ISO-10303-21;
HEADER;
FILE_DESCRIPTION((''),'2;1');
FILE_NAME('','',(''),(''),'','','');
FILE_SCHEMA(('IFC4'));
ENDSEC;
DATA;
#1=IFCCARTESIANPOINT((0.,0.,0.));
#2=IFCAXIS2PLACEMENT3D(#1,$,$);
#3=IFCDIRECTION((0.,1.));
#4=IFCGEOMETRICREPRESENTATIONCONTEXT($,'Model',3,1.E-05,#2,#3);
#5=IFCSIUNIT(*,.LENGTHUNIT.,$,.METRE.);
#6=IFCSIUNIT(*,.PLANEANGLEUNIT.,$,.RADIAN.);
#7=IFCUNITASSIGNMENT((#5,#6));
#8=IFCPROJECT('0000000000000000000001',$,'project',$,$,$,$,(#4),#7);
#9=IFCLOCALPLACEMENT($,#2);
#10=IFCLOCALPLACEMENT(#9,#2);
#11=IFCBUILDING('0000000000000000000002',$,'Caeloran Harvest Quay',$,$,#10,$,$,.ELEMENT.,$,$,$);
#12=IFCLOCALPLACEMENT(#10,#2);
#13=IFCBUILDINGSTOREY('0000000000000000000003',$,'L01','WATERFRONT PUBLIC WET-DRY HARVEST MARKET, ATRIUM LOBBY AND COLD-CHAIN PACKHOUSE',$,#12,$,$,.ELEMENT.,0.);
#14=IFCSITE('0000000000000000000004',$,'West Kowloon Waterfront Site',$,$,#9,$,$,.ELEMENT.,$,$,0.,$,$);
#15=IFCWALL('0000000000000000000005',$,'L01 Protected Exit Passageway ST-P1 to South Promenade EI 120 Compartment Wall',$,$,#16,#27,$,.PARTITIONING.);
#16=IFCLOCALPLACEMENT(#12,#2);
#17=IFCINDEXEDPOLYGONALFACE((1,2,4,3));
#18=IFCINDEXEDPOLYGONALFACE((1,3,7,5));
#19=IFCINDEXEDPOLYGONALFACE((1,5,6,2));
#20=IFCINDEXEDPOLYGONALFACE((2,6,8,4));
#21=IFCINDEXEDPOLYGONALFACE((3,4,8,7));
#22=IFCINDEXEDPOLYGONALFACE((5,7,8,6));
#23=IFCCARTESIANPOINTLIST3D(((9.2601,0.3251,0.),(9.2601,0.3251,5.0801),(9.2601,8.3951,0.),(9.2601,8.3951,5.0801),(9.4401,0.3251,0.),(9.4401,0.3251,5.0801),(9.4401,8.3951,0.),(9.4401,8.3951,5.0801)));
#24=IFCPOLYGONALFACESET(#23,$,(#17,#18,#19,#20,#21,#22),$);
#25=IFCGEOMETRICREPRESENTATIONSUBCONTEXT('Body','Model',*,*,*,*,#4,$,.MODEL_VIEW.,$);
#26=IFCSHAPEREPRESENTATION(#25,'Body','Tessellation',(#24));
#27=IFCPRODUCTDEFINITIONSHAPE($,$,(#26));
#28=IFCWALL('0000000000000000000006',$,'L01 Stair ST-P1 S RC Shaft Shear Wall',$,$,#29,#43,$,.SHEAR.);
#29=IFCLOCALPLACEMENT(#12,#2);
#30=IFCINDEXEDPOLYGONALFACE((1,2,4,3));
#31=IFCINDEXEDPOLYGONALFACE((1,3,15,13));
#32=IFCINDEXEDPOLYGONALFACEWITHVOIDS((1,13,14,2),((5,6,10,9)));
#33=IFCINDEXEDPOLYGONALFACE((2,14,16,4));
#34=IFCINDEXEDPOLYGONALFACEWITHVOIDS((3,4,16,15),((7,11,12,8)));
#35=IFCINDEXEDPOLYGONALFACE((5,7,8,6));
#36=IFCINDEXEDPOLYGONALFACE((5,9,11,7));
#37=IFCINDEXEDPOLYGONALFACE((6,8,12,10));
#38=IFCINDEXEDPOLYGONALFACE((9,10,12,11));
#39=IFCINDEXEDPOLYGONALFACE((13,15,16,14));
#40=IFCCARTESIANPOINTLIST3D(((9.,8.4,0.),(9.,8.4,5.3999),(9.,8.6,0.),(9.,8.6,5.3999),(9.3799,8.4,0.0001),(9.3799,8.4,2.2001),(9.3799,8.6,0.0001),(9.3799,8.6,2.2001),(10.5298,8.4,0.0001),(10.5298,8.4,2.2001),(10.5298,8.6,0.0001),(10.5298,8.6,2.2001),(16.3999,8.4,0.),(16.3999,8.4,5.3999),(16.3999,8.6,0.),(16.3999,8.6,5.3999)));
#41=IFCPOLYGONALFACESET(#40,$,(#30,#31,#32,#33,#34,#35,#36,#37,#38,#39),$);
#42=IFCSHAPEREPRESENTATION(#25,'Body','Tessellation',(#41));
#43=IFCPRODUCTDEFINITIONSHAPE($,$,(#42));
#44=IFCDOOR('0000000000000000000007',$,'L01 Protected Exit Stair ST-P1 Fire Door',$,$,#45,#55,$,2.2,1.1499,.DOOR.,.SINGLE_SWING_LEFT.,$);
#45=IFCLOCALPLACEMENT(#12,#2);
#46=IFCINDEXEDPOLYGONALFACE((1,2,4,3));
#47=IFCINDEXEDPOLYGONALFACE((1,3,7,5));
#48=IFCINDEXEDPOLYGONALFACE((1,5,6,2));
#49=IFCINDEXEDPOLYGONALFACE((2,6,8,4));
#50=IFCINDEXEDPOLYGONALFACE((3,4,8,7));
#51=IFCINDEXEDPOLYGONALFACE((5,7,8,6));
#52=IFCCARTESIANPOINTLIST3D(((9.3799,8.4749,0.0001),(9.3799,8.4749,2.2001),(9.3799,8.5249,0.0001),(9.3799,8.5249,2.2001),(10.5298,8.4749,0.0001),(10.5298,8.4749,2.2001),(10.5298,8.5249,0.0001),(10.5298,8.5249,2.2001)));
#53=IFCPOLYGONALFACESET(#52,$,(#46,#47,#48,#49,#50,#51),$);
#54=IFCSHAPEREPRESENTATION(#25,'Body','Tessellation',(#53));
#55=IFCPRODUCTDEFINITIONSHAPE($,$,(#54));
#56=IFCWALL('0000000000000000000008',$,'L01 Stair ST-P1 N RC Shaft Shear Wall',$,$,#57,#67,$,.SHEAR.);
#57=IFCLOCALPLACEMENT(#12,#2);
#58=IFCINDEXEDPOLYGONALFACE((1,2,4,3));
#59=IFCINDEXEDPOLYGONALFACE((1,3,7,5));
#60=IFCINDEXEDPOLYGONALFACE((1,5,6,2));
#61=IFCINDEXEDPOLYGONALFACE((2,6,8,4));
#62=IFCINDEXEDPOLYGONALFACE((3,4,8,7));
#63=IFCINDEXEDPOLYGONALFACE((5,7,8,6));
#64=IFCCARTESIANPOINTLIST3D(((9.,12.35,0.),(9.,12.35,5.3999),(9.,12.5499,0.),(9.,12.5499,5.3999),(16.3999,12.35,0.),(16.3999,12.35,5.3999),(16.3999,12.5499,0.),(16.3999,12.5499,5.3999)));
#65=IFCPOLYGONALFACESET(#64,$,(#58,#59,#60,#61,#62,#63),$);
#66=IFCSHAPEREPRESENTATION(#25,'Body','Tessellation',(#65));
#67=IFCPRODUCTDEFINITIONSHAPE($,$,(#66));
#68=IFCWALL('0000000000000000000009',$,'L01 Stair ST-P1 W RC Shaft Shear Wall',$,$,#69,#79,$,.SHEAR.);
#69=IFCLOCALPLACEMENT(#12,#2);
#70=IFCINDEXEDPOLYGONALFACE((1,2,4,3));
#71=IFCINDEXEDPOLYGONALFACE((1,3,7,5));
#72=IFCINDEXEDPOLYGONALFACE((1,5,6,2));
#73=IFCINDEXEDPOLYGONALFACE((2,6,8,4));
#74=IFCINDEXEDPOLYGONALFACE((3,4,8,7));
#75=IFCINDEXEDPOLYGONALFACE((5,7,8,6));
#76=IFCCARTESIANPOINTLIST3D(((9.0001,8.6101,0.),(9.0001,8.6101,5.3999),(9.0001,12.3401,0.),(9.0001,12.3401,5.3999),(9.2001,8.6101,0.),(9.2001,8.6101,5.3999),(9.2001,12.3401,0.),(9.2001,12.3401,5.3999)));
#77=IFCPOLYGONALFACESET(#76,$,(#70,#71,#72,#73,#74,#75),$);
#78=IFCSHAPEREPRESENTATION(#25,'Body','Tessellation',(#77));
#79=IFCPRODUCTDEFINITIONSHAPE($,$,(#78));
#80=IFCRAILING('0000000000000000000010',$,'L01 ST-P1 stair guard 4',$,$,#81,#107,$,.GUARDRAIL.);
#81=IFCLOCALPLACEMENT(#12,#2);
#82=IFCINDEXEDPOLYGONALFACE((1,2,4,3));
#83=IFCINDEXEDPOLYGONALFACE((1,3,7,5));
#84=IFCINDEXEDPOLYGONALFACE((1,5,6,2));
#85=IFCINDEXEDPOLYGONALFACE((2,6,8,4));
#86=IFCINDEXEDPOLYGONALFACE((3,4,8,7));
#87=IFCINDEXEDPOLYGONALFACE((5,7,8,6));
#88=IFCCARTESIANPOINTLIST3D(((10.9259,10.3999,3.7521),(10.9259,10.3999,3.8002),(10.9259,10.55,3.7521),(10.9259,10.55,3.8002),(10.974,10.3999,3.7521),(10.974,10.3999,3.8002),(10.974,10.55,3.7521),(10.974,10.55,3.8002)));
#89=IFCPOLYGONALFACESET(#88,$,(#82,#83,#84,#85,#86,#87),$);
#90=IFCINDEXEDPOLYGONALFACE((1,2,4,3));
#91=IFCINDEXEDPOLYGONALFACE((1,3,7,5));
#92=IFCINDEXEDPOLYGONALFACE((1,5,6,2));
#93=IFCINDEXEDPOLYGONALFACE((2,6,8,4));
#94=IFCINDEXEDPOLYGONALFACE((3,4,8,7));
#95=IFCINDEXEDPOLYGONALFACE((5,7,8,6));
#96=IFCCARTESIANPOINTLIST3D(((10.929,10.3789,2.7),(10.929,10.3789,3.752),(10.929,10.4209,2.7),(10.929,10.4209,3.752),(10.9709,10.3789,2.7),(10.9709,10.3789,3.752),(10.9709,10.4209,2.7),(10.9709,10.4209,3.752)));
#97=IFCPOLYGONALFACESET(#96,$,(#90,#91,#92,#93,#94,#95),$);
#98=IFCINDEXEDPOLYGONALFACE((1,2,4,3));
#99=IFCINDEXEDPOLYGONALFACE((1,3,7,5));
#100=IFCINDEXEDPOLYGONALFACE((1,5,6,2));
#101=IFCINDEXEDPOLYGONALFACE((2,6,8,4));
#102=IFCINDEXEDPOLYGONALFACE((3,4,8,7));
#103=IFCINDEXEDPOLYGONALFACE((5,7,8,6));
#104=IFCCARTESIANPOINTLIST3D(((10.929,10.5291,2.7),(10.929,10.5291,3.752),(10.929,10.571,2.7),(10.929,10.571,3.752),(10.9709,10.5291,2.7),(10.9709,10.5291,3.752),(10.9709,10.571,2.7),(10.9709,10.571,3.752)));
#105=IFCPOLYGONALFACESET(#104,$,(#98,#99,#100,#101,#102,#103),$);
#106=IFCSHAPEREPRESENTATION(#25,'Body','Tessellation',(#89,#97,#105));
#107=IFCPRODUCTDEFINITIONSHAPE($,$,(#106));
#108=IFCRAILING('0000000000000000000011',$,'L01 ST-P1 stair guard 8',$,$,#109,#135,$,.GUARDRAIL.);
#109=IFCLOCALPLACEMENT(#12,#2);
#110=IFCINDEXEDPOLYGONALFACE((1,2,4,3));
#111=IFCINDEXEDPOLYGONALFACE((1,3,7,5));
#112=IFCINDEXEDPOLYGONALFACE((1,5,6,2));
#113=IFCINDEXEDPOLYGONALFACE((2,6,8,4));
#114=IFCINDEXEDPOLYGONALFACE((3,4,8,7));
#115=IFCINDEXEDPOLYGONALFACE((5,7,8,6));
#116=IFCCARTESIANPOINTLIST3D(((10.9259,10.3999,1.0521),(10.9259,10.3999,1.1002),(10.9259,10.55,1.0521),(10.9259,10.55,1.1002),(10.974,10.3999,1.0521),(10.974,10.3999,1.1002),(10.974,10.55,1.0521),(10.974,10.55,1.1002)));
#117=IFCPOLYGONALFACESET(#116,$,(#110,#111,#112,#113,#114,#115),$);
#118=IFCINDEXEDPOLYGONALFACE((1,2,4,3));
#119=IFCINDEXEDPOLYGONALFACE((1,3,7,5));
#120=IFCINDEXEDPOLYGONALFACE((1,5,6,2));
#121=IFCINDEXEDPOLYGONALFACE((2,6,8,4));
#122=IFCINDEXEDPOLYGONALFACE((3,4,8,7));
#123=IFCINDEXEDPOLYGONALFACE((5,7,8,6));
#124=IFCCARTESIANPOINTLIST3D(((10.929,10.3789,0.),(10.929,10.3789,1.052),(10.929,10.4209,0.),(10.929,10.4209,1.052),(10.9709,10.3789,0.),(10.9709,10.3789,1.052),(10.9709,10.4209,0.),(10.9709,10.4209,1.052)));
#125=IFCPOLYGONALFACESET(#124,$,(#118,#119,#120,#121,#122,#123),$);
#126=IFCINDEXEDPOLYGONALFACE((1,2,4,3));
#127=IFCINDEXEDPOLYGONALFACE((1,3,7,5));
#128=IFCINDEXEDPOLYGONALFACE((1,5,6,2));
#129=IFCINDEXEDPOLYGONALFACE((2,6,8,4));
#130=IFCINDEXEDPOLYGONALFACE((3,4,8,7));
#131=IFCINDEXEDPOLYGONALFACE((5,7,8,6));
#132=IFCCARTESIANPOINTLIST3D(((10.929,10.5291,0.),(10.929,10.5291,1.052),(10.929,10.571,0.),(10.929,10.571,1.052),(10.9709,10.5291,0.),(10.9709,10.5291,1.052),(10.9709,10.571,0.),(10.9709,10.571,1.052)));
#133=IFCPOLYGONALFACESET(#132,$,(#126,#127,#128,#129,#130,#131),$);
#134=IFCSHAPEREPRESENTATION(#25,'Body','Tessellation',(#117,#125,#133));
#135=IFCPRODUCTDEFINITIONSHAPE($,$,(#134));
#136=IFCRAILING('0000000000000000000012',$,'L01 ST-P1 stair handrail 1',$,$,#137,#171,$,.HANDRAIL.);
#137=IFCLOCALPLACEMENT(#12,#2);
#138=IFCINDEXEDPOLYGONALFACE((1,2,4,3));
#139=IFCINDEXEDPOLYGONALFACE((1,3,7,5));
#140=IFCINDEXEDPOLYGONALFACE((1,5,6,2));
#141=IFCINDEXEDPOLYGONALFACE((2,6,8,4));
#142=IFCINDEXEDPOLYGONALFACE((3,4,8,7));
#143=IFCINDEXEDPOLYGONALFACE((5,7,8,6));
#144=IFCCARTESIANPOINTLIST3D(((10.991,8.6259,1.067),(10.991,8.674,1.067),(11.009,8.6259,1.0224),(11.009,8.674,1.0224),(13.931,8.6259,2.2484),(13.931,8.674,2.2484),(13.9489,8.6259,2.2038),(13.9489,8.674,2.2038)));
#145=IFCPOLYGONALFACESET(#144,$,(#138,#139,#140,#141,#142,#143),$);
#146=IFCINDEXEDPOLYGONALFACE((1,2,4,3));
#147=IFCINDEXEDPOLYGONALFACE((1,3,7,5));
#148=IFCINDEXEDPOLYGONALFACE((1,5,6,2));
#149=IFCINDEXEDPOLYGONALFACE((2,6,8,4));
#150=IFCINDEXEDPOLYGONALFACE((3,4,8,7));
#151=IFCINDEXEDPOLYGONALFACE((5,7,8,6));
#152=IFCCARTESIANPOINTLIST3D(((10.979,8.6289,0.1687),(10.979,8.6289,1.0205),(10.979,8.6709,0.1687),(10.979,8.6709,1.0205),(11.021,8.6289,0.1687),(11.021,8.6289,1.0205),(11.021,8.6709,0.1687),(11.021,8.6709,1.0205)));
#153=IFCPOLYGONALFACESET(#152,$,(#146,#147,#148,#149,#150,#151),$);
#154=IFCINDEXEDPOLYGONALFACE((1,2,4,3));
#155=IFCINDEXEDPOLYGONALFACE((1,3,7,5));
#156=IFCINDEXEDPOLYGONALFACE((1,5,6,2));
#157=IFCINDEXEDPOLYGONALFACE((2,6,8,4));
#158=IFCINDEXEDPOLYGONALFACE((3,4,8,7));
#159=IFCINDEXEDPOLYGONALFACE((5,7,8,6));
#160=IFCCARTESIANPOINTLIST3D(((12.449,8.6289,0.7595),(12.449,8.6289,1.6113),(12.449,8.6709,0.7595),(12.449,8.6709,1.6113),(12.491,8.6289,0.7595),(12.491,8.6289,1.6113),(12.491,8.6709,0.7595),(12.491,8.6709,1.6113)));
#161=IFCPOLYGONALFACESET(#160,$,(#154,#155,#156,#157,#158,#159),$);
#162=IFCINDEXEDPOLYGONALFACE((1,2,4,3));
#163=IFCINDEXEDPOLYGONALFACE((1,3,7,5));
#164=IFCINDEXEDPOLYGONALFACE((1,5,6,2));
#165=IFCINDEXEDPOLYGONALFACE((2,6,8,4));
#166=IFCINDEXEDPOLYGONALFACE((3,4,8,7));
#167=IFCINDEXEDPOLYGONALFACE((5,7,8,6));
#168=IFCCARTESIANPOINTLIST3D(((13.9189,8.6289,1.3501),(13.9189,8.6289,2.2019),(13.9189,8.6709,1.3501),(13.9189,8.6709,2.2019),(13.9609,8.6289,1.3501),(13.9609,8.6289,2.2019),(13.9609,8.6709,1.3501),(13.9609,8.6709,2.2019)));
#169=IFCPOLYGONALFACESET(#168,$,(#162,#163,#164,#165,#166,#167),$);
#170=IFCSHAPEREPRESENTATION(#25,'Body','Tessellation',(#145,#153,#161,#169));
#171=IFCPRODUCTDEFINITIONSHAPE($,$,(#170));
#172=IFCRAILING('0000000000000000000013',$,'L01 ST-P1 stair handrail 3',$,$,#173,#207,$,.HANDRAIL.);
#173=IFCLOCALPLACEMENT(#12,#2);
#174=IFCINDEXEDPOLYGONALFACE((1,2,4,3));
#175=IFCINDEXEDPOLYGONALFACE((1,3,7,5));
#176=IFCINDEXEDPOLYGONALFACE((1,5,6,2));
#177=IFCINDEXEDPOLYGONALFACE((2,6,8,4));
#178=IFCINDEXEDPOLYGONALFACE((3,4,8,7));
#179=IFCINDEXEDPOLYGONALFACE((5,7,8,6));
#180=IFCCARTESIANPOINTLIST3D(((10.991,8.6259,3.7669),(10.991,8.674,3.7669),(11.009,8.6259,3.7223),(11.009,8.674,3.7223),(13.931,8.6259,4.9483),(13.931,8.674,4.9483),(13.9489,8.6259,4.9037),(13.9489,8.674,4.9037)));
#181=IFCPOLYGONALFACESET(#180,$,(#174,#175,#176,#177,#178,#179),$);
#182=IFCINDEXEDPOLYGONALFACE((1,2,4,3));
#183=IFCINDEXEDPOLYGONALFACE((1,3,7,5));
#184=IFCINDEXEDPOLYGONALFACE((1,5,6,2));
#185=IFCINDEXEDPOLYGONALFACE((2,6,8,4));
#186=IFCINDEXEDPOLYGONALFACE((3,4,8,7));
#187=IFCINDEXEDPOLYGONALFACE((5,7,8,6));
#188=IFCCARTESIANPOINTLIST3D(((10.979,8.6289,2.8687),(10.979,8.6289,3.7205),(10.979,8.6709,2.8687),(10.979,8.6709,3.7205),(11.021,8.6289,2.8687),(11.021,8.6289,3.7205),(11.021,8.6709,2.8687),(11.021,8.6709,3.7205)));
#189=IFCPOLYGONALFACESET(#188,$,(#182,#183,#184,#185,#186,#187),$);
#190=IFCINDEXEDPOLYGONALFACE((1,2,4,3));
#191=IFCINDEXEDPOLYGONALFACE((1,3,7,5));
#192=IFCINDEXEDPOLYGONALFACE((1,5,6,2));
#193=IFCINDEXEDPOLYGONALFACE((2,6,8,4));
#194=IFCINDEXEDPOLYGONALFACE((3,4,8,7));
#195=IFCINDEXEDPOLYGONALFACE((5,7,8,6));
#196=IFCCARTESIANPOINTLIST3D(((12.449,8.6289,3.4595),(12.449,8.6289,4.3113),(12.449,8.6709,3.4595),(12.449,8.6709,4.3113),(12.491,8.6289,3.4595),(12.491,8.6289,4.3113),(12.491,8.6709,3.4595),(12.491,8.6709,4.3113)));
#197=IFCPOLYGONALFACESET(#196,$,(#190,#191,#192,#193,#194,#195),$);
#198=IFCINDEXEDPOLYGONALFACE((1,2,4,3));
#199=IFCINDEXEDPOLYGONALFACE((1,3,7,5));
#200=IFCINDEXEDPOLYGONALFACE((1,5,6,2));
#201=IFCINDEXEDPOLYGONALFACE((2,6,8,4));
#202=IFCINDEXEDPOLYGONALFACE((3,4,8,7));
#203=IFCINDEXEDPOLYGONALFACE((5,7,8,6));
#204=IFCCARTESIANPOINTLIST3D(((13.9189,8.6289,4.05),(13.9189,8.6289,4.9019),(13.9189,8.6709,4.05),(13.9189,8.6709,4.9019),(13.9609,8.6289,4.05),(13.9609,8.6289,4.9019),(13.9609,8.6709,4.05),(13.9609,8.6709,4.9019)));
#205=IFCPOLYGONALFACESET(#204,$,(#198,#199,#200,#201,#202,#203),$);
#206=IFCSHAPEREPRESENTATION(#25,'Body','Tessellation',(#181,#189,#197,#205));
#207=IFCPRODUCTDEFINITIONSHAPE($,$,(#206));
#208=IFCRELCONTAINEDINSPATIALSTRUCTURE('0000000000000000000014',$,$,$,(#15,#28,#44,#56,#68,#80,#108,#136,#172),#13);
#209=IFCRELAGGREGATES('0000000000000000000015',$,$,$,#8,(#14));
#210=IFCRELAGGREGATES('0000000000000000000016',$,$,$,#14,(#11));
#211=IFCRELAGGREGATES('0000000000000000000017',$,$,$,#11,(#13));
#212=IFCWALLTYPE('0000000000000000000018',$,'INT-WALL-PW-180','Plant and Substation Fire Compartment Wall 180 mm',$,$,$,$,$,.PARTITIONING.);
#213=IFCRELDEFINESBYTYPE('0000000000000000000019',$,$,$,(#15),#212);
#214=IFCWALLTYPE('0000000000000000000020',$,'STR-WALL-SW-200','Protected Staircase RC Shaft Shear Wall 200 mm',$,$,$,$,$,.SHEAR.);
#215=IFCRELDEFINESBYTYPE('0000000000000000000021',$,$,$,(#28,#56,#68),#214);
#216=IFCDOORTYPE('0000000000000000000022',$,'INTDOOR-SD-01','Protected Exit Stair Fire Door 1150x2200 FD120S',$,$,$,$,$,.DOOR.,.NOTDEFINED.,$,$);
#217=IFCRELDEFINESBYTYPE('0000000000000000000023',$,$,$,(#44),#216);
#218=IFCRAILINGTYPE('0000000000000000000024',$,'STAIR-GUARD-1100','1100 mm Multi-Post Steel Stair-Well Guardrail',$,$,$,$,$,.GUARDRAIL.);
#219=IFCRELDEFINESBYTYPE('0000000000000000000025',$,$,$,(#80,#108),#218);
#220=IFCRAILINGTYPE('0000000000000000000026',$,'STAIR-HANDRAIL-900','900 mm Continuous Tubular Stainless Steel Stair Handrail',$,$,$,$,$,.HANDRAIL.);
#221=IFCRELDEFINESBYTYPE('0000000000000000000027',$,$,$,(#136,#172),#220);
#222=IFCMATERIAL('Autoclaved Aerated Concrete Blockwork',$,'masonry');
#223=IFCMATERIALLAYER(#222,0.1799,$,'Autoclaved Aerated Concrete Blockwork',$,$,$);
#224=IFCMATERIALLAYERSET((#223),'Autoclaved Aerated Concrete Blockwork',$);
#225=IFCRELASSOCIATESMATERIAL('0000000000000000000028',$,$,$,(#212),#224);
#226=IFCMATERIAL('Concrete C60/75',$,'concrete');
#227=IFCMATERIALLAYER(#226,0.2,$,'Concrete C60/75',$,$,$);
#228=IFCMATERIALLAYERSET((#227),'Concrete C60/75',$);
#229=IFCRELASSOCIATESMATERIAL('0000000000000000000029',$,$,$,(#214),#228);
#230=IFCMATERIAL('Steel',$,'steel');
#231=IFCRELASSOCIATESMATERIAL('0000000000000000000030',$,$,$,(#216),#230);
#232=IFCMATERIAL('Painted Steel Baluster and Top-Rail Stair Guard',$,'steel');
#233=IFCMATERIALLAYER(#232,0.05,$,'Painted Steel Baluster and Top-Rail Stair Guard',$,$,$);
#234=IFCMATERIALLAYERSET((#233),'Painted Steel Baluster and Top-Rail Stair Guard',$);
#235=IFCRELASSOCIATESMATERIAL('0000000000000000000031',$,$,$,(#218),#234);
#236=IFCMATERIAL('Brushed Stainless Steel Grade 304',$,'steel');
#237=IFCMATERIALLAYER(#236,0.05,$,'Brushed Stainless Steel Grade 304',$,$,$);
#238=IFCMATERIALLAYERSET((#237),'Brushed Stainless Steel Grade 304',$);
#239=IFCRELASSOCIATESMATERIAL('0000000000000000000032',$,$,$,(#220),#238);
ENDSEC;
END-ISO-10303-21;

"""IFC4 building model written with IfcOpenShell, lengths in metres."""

from ifc_helpers import new_model, si_unit, direction, frame, frame_2d, origin, origin_2d, place, context, subcontext, project, spatial, rectangle, extrude, material, layer, layer_set, type_object, element, fill, save


model = new_model("IFC4")

# Units and contexts
model_context = context("Model", 3, precision=1e-05, world=origin(), true_north=direction((0.0, 1.0)))
body_context = subcontext(model_context, "Body", "Model", "MODEL_VIEW")
ifc_project = project(units=[si_unit("LENGTHUNIT", "METRE"), si_unit("PLANEANGLEUNIT", "RADIAN")], contexts=[model_context])

# Site, building, storey
site_placement = place(None, origin())
site = spatial("IfcSite", under=ifc_project, at=site_placement, Name="West Kowloon Waterfront Site", CompositionType="ELEMENT", RefElevation=0.0)
building_placement = place(site_placement, origin())
building = spatial("IfcBuilding", under=site, at=building_placement, Name="Caeloran Harvest Quay", CompositionType="ELEMENT")
storey_placement = place(building_placement, origin())
storey = spatial("IfcBuildingStorey", under=building, at=storey_placement, Name="L01", Description="WATERFRONT PUBLIC WET-DRY HARVEST MARKET, ATRIUM LOBBY AND COLD-CHAIN PACKHOUSE", CompositionType="ELEMENT", Elevation=0.0)

# Wall
ifc_material_1 = material(Name="Autoclaved Aerated Concrete Blockwork", Category="masonry")
ifc_layer_1 = layer(ifc_material_1, 0.1799, Name="Autoclaved Aerated Concrete Blockwork")
ifc_layer_set_1 = layer_set([ifc_layer_1], Name="Autoclaved Aerated Concrete Blockwork")
wall_type_1 = type_object("IfcWallType", Name="INT-WALL-PW-180", Description="Plant and Substation Fire Compartment Wall 180 mm", PredefinedType="PARTITIONING", material=ifc_layer_set_1)
wall_1_placement = place(storey_placement, frame((9.3501, 0.325, 0.0), z_axis=(0.0, 0.0, 1.0), x_axis=(0.0, 1.0, 0.0)))
element("IfcWall", 1, at=wall_1_placement, inside=storey, type_object=wall_type_1, Name="L01 Protected Exit Passageway ST-P1 to South Promenade EI 120 Compartment Wall", PredefinedType="PARTITIONING", context=body_context, shape_type="SweptSolid", body=[
    extrude(rectangle(XDim=8.0701, YDim=0.1799, at=frame_2d((4.0352, 0.0))), origin(), (0.0, 0.0, 1.0), 5.0801),
])

# Wall, opening, door
ifc_material_2 = material(Name="Concrete C60/75", Category="concrete")
ifc_layer_2 = layer(ifc_material_2, 0.2, Name="Concrete C60/75")
ifc_layer_set_2 = layer_set([ifc_layer_2], Name="Concrete C60/75")
wall_type_2 = type_object("IfcWallType", Name="STR-WALL-SW-200", Description="Protected Staircase RC Shaft Shear Wall 200 mm", PredefinedType="SHEAR", material=ifc_layer_set_2)
wall_2_placement = place(storey_placement, frame((9.0, 8.5, 0.0), z_axis=(0.0, 0.0, 1.0), x_axis=(1.0, 0.0, 0.0)))
wall_2 = element("IfcWall", 2, at=wall_2_placement, inside=storey, type_object=wall_type_2, Name="L01 Stair ST-P1 S RC Shaft Shear Wall", PredefinedType="SHEAR", context=body_context, shape_type="SweptSolid", body=[
    extrude(rectangle(XDim=7.3999, YDim=0.2, at=frame_2d((3.7, 0.0))), origin(), (0.0, 0.0, 1.0), 5.3999),
])
opening_placement = place(wall_2_placement, frame((0.3799, 0.0, 0.0)))
opening = element("IfcOpeningElement", 3, at=opening_placement, cuts=wall_2, PredefinedType="OPENING", context=body_context, shape_type="SweptSolid", body=[
    extrude(rectangle(XDim=1.1499, YDim=2.2, at=frame_2d((0.575, 1.1001))), frame((0.0, 0.1099, 0.0), z_axis=(0.0, -1.0, 0.0), x_axis=(1.0, 0.0, 0.0)), (0.0, 0.0, 1.0), 0.22),
])
ifc_material_3 = material(Name="Steel", Category="steel")
door_type = type_object("IfcDoorType", Name="INTDOOR-SD-01", Description="Protected Exit Stair Fire Door 1150x2200 FD120S", OperationType="NOTDEFINED", PredefinedType="DOOR", material=ifc_material_3)
door_placement = place(opening_placement, origin())
door = element("IfcDoor", 4, at=door_placement, inside=storey, type_object=door_type, Name="L01 Protected Exit Stair ST-P1 Fire Door", OperationType="SINGLE_SWING_LEFT", OverallHeight=2.2, OverallWidth=1.1499, PredefinedType="DOOR", context=body_context, shape_type="SweptSolid", body=[
    extrude(rectangle(XDim=1.1499, YDim=2.2, at=frame_2d((0.575, 1.1001))), frame((0.0, 0.0249, 0.0), z_axis=(0.0, -1.0, 0.0), x_axis=(1.0, 0.0, 0.0)), (0.0, 0.0, 1.0), 0.05),
])
fill(opening, door)

# Walls
wall_3_placement = place(storey_placement, frame((9.0, 12.45, 0.0), z_axis=(0.0, 0.0, 1.0), x_axis=(1.0, 0.0, 0.0)))
element("IfcWall", 5, at=wall_3_placement, inside=storey, type_object=wall_type_2, Name="L01 Stair ST-P1 N RC Shaft Shear Wall", PredefinedType="SHEAR", context=body_context, shape_type="SweptSolid", body=[
    extrude(rectangle(XDim=7.3999, YDim=0.2, at=frame_2d((3.7, 0.0))), origin(), (0.0, 0.0, 1.0), 5.3999),
])
wall_4_placement = place(storey_placement, frame((9.1001, 8.6101, 0.0), z_axis=(0.0, 0.0, 1.0), x_axis=(0.0, 1.0, 0.0)))
element("IfcWall", 6, at=wall_4_placement, inside=storey, type_object=wall_type_2, Name="L01 Stair ST-P1 W RC Shaft Shear Wall", PredefinedType="SHEAR", context=body_context, shape_type="SweptSolid", body=[
    extrude(rectangle(XDim=3.73, YDim=0.2, at=frame_2d((1.865, 0.0))), origin(), (0.0, 0.0, 1.0), 5.3999),
])

# Railings
ifc_material_4 = material(Name="Painted Steel Baluster and Top-Rail Stair Guard", Category="steel")
ifc_layer_3 = layer(ifc_material_4, 0.05, Name="Painted Steel Baluster and Top-Rail Stair Guard")
ifc_layer_set_3 = layer_set([ifc_layer_3], Name="Painted Steel Baluster and Top-Rail Stair Guard")
railing_type_1 = type_object("IfcRailingType", Name="STAIR-GUARD-1100", Description="1100 mm Multi-Post Steel Stair-Well Guardrail", PredefinedType="GUARDRAIL", material=ifc_layer_set_3)
for number, where, name in (
    (7, (10.95, 10.3999, 2.7), "L01 ST-P1 stair guard 4"),
    (8, (10.95, 10.3999, 0.0), "L01 ST-P1 stair guard 8"),
):
    element("IfcRailing", number, at=place(storey_placement, frame(where)), inside=storey, type_object=railing_type_1, Name=name, PredefinedType="GUARDRAIL", context=body_context, shape_type="SweptSolid", body=[
        extrude(rectangle(XDim=0.0481, YDim=0.0481, at=origin_2d()), frame((0.0, 0.0, 1.0762), z_axis=(0.0, 1.0, 0.0), x_axis=(-1.0, 0.0, 0.0)), (0.0, 0.0, 1.0), 0.1501),
        extrude(rectangle(XDim=0.042, YDim=0.042, at=origin_2d()), origin(), (0.0, 0.0, 1.0), 1.052),
        extrude(rectangle(XDim=0.042, YDim=0.042, at=origin_2d()), frame((0.0, 0.1501, 0.0)), (0.0, 0.0, 1.0), 1.052),
    ])
ifc_material_5 = material(Name="Brushed Stainless Steel Grade 304", Category="steel")
ifc_layer_4 = layer(ifc_material_5, 0.05, Name="Brushed Stainless Steel Grade 304")
ifc_layer_set_4 = layer_set([ifc_layer_4], Name="Brushed Stainless Steel Grade 304")
railing_type_2 = type_object("IfcRailingType", Name="STAIR-HANDRAIL-900", Description="900 mm Continuous Tubular Stainless Steel Stair Handrail", PredefinedType="HANDRAIL", material=ifc_layer_set_4)
for number, where, name in (
    (9, (11.0, 8.6499, 0.1687), "L01 ST-P1 stair handrail 1"),
    (10, (11.0, 8.6499, 2.8687), "L01 ST-P1 stair handrail 3"),
):
    element("IfcRailing", number, at=place(storey_placement, frame(where)), inside=storey, type_object=railing_type_2, Name=name, PredefinedType="HANDRAIL", context=body_context, shape_type="SweptSolid", body=[
        extrude(rectangle(XDim=0.0481, YDim=0.0481, at=origin_2d()), frame((0.0, 0.0, 0.876), z_axis=(0.927886, 0.0, 0.372865), x_axis=(0.0, 1.0, 0.0)), (0.0, 0.0, 1.0), 3.1685),
        extrude(rectangle(XDim=0.042, YDim=0.042, at=origin_2d()), origin(), (0.0, 0.0, 1.0), 0.8518),
        extrude(rectangle(XDim=0.042, YDim=0.042, at=origin_2d()), frame((1.47, 0.0, 0.5908)), (0.0, 0.0, 1.0), 0.8518),
        extrude(rectangle(XDim=0.042, YDim=0.042, at=origin_2d()), frame((2.9399, 0.0, 1.1814)), (0.0, 0.0, 1.0), 0.8518),
    ])

save(model, "model.ifc")
